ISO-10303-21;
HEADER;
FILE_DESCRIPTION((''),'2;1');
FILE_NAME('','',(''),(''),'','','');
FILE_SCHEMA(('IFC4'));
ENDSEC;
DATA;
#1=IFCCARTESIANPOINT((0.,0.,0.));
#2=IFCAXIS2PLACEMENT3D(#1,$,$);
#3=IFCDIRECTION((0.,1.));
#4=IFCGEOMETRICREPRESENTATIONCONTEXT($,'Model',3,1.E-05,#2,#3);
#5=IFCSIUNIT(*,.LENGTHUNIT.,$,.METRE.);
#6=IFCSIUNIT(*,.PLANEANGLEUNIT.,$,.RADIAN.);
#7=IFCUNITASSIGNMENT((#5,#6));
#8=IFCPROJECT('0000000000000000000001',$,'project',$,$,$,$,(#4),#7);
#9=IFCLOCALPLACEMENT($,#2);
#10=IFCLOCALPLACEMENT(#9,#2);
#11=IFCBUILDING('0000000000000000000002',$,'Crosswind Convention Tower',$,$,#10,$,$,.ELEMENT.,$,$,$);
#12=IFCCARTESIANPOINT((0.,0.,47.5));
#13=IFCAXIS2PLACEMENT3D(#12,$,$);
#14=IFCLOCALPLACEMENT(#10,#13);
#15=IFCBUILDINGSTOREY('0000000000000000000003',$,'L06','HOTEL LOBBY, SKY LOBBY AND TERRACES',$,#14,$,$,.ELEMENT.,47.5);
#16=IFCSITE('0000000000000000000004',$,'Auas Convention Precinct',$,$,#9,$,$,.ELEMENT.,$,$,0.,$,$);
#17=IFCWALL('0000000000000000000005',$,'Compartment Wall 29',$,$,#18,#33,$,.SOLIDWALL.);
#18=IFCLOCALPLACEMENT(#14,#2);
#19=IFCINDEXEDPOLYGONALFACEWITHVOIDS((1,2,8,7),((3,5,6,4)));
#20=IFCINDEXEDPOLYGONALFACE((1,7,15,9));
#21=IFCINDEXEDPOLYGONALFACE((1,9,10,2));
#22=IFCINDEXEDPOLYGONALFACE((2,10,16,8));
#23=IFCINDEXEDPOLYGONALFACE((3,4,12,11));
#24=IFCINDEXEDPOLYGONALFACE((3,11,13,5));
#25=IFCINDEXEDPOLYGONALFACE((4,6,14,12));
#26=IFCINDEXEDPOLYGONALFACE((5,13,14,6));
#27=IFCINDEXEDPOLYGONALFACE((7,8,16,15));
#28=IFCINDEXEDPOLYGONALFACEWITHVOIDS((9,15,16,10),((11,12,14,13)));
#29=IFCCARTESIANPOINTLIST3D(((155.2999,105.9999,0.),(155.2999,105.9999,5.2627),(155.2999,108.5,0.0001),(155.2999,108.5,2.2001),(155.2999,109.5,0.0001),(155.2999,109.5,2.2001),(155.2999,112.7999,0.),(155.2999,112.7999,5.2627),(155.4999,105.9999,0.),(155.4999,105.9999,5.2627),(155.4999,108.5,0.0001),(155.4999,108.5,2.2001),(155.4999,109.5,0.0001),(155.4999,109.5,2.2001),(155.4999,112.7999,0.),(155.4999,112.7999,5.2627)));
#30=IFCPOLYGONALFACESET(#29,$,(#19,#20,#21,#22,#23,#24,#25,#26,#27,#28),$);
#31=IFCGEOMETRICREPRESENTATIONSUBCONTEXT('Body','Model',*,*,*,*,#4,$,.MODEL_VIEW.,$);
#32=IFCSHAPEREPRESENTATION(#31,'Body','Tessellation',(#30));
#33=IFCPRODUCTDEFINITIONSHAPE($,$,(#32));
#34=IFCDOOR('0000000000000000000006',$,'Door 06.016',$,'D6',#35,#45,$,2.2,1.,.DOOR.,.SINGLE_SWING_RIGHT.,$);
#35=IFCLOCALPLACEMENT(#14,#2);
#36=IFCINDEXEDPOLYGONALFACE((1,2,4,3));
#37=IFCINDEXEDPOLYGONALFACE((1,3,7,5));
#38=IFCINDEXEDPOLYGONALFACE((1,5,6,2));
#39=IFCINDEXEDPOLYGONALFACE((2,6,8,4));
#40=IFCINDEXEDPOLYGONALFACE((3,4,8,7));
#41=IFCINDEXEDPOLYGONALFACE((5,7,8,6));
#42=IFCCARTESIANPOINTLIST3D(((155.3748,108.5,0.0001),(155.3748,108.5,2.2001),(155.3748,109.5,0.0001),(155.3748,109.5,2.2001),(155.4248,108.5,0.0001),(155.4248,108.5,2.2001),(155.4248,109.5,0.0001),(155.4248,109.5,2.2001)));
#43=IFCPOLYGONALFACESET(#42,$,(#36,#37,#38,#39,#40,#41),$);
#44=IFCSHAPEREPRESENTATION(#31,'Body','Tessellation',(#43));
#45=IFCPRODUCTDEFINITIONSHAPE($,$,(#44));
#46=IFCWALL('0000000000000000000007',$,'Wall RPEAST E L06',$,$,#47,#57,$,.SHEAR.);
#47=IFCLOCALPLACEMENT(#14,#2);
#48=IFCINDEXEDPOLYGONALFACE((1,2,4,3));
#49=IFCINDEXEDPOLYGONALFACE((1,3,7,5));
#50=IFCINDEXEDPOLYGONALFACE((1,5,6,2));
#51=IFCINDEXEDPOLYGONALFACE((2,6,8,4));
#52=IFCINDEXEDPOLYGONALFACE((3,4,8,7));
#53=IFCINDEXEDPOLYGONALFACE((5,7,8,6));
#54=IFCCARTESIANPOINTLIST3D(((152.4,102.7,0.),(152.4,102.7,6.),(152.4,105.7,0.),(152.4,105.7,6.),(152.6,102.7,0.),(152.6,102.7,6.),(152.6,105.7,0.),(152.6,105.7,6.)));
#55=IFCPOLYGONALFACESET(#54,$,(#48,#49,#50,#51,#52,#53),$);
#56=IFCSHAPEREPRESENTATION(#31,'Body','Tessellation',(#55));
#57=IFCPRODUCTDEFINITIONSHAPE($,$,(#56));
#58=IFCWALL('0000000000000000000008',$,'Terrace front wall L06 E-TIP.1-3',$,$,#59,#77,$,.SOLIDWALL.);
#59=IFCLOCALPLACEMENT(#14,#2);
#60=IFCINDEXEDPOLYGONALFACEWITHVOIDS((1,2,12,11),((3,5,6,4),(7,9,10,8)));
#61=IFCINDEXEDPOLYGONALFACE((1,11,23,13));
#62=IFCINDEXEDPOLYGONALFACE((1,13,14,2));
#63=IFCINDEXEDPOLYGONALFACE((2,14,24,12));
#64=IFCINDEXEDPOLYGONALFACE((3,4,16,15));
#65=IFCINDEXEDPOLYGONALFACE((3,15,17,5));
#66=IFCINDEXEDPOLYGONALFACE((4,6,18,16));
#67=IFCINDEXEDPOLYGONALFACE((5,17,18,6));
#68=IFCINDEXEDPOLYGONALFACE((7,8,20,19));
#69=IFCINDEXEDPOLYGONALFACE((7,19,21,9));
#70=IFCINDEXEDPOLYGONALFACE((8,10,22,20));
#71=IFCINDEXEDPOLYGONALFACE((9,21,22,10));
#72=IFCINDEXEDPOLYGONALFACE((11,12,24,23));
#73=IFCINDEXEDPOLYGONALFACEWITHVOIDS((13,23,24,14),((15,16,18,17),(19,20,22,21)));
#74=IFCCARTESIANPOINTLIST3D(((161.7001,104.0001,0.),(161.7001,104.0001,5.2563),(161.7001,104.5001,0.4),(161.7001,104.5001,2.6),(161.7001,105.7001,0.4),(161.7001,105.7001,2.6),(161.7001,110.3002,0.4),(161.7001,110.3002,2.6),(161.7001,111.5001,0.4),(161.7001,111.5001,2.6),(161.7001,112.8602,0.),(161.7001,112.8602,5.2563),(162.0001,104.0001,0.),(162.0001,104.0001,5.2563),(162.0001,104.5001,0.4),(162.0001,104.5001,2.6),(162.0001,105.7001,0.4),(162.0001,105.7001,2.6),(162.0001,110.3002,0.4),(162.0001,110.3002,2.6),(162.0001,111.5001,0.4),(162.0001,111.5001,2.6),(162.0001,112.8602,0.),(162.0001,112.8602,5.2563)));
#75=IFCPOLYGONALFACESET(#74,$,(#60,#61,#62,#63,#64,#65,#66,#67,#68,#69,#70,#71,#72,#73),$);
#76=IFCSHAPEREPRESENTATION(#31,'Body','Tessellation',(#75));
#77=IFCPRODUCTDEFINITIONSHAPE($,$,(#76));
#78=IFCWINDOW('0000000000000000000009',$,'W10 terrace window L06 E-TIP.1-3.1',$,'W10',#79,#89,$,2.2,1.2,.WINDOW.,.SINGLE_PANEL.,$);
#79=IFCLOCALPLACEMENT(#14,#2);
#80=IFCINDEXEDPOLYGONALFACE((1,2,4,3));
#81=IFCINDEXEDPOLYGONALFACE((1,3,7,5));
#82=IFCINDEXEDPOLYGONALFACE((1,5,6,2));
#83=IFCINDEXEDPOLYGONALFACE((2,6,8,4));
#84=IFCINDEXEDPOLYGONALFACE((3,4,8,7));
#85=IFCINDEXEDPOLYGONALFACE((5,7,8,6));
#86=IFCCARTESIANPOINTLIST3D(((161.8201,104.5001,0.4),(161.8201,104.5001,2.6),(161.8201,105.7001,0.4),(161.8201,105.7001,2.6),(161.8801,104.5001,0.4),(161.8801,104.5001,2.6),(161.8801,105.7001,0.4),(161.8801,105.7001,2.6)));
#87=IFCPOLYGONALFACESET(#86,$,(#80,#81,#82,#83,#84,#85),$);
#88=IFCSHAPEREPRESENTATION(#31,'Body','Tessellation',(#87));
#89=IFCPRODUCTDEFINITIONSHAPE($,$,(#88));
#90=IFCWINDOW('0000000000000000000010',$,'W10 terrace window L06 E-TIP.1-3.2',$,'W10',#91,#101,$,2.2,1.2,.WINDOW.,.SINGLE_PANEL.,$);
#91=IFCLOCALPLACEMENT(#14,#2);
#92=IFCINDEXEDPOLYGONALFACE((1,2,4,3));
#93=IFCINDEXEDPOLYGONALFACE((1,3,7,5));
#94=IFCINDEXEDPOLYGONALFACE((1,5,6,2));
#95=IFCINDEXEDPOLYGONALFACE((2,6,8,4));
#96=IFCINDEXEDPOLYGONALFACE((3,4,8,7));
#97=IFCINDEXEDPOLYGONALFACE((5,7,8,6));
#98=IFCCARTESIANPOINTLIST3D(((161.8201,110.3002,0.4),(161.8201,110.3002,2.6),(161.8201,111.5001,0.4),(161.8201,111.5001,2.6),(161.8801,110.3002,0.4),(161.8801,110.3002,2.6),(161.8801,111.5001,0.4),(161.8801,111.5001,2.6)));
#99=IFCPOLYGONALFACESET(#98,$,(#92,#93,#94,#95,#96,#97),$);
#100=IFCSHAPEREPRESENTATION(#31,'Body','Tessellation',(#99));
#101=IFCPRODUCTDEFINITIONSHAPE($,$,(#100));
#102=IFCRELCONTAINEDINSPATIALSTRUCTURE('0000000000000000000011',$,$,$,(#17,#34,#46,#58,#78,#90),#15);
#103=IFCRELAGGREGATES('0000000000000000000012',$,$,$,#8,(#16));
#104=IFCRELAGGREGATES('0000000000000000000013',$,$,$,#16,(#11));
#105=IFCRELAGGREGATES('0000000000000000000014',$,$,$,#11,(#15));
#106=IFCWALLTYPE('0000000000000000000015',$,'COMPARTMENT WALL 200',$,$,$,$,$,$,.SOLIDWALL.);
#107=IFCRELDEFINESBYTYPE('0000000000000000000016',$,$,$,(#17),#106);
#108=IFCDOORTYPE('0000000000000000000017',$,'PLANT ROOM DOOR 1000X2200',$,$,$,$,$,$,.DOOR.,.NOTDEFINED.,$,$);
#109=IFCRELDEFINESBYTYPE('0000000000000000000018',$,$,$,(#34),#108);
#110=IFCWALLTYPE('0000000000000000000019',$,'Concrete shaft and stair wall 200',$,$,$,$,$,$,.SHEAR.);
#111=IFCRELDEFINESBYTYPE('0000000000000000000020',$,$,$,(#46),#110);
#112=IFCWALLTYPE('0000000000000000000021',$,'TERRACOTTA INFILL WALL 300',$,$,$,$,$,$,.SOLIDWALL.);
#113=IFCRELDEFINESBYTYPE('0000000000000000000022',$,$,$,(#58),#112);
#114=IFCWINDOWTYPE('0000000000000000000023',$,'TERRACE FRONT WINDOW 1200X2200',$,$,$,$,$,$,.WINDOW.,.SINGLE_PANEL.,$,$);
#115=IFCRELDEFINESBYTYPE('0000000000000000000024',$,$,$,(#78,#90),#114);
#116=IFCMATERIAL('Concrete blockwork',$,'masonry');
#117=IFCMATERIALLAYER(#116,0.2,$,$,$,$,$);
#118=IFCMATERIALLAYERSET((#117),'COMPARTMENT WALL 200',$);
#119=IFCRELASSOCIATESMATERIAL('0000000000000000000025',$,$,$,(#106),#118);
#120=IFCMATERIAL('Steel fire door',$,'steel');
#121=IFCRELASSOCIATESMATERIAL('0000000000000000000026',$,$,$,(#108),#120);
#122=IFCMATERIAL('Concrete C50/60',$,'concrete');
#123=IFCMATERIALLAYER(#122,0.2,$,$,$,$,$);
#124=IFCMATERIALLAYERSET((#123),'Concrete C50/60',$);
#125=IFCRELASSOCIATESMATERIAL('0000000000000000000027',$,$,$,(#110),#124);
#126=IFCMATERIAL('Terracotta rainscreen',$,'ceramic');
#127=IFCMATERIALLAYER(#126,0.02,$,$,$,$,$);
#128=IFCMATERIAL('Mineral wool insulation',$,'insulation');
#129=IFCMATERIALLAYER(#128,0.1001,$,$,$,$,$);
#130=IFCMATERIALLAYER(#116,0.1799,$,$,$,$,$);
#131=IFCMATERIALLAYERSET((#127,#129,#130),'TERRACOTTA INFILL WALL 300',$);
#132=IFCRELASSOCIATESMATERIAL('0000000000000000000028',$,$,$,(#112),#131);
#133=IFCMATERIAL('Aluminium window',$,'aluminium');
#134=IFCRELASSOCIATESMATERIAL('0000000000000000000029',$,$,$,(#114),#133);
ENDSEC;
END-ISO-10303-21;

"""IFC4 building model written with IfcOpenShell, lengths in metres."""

from ifc_helpers import new_model, si_unit, direction, frame, frame_2d, origin, place, context, subcontext, project, spatial, rectangle, extrude, material, layer, layer_set, type_object, element, fill, save


model = new_model("IFC4")

# Units and contexts
model_context = context("Model", 3, precision=1e-05, world=origin(), true_north=direction((0.0, 1.0)))
body_context = subcontext(model_context, "Body", "Model", "MODEL_VIEW")
ifc_project = project(units=[si_unit("LENGTHUNIT", "METRE"), si_unit("PLANEANGLEUNIT", "RADIAN")], contexts=[model_context])

# Site, building, storey
site_placement = place(None, origin())
site = spatial("IfcSite", under=ifc_project, at=site_placement, Name="Auas Convention Precinct", CompositionType="ELEMENT", RefElevation=0.0)
building_placement = place(site_placement, origin())
building = spatial("IfcBuilding", under=site, at=building_placement, Name="Crosswind Convention Tower", CompositionType="ELEMENT")
storey_placement = place(building_placement, frame((0.0, 0.0, 47.5)))
storey = spatial("IfcBuildingStorey", under=building, at=storey_placement, Name="L06", Description="HOTEL LOBBY, SKY LOBBY AND TERRACES", CompositionType="ELEMENT", Elevation=47.5)

# Shared definitions
ifc_material_1 = material(Name="Concrete blockwork", Category="masonry")
ifc_layer_1 = layer(ifc_material_1, 0.2)
ifc_layer_set_1 = layer_set([ifc_layer_1], Name="COMPARTMENT WALL 200")
wall_type_1 = type_object("IfcWallType", Name="COMPARTMENT WALL 200", PredefinedType="SOLIDWALL", material=ifc_layer_set_1)

# Wall, opening, door
wall_1_placement = place(storey_placement, frame((155.3999, 106.0, 0.0), z_axis=(0.0, 0.0, 1.0), x_axis=(0.0, 1.0, 0.0)))
wall_1 = element("IfcWall", 1, at=wall_1_placement, inside=storey, type_object=wall_type_1, Name="Compartment Wall 29", PredefinedType="SOLIDWALL", context=body_context, shape_type="SweptSolid", body=[
    extrude(rectangle(XDim=6.8, YDim=0.2, at=frame_2d((3.3999, 0.0))), origin(), (0.0, 0.0, 1.0), 5.2627),
])
opening_1_placement = place(wall_1_placement, frame((2.5, 0.0, 0.0)))
opening_1 = element("IfcOpeningElement", 2, at=opening_1_placement, cuts=wall_1, PredefinedType="OPENING", context=body_context, shape_type="SweptSolid", body=[
    extrude(rectangle(XDim=1.0, YDim=2.2, at=frame_2d((0.5, 1.1001))), frame((0.0, 0.1099, 0.0), z_axis=(0.0, -1.0, 0.0), x_axis=(1.0, 0.0, 0.0)), (0.0, 0.0, 1.0), 0.22),
])
ifc_material_2 = material(Name="Steel fire door", Category="steel")
door_type = type_object("IfcDoorType", Name="PLANT ROOM DOOR 1000X2200", OperationType="NOTDEFINED", PredefinedType="DOOR", material=ifc_material_2)
door_placement = place(opening_1_placement, frame((1.0, 0.0, 0.0), z_axis=(0.0, 0.0, 1.0), x_axis=(-1.0, 0.0, 0.0)))
door = element("IfcDoor", 3, at=door_placement, inside=storey, type_object=door_type, Name="Door 06.016", ObjectType="D6", OperationType="SINGLE_SWING_RIGHT", OverallHeight=2.2, OverallWidth=1.0, PredefinedType="DOOR", context=body_context, shape_type="SweptSolid", body=[
    extrude(rectangle(XDim=1.0, YDim=2.2, at=frame_2d((0.5, 1.1001))), frame((0.0, 0.0249, 0.0), z_axis=(0.0, -1.0, 0.0), x_axis=(1.0, 0.0, 0.0)), (0.0, 0.0, 1.0), 0.05),
])
fill(opening_1, door)

# Wall
ifc_material_3 = material(Name="Concrete C50/60", Category="concrete")
ifc_layer_2 = layer(ifc_material_3, 0.2)
ifc_layer_set_2 = layer_set([ifc_layer_2], Name="Concrete C50/60")
wall_type_2 = type_object("IfcWallType", Name="Concrete shaft and stair wall 200", PredefinedType="SHEAR", material=ifc_layer_set_2)
wall_2_placement = place(storey_placement, frame((152.5, 102.7, 0.0), z_axis=(0.0, 0.0, 1.0), x_axis=(0.0, 1.0, 0.0)))
element("IfcWall", 4, at=wall_2_placement, inside=storey, type_object=wall_type_2, Name="Wall RPEAST E L06", PredefinedType="SHEAR", context=body_context, shape_type="SweptSolid", body=[
    extrude(rectangle(XDim=3.0, YDim=0.2, at=frame_2d((1.5, 0.0))), origin(), (0.0, 0.0, 1.0), 6.0),
])

# Wall, openings, windows
ifc_material_4 = material(Name="Terracotta rainscreen", Category="ceramic")
ifc_layer_3 = layer(ifc_material_4, 0.02)
ifc_material_5 = material(Name="Mineral wool insulation", Category="insulation")
ifc_layer_4 = layer(ifc_material_5, 0.1001)
ifc_layer_5 = layer(ifc_material_1, 0.1799)
ifc_layer_set_3 = layer_set([ifc_layer_3, ifc_layer_4, ifc_layer_5], Name="TERRACOTTA INFILL WALL 300")
wall_type_3 = type_object("IfcWallType", Name="TERRACOTTA INFILL WALL 300", PredefinedType="SOLIDWALL", material=ifc_layer_set_3)
wall_3_placement = place(storey_placement, frame((161.8501, 104.0, 0.0), z_axis=(0.0, 0.0, 1.0), x_axis=(0.0, 1.0, 0.0)))
wall_3 = element("IfcWall", 5, at=wall_3_placement, inside=storey, type_object=wall_type_3, Name="Terrace front wall L06 E-TIP.1-3", PredefinedType="SOLIDWALL", context=body_context, shape_type="SweptSolid", body=[
    extrude(rectangle(XDim=8.8601, YDim=0.3, at=frame_2d((4.4302, 0.0))), origin(), (0.0, 0.0, 1.0), 5.2563),
])
opening_2_placement = place(wall_3_placement, frame((0.5, 0.0, 0.3999)))
opening_2 = element("IfcOpeningElement", 6, at=opening_2_placement, cuts=wall_3, PredefinedType="OPENING", context=body_context, shape_type="SweptSolid", body=[
    extrude(rectangle(XDim=1.2, YDim=2.2, at=frame_2d((0.6001, 1.1001))), frame((0.0, 0.1599, 0.0), z_axis=(0.0, -1.0, 0.0), x_axis=(1.0, 0.0, 0.0)), (0.0, 0.0, 1.0), 0.3201),
])
opening_3_placement = place(wall_3_placement, frame((6.3, 0.0, 0.3999)))
opening_3 = element("IfcOpeningElement", 7, at=opening_3_placement, cuts=wall_3, PredefinedType="OPENING", context=body_context, shape_type="SweptSolid", body=[
    extrude(rectangle(XDim=1.2, YDim=2.2, at=frame_2d((0.6001, 1.1001))), frame((0.0, 0.1599, 0.0), z_axis=(0.0, -1.0, 0.0), x_axis=(1.0, 0.0, 0.0)), (0.0, 0.0, 1.0), 0.3201),
])
ifc_material_6 = material(Name="Aluminium window", Category="aluminium")
window_type = type_object("IfcWindowType", Name="TERRACE FRONT WINDOW 1200X2200", PartitioningType="SINGLE_PANEL", PredefinedType="WINDOW", material=ifc_material_6)
window_1_placement = place(opening_2_placement, origin())
window_1 = element("IfcWindow", 8, at=window_1_placement, inside=storey, type_object=window_type, Name="W10 terrace window L06 E-TIP.1-3.1", ObjectType="W10", OverallHeight=2.2, OverallWidth=1.2, PartitioningType="SINGLE_PANEL", PredefinedType="WINDOW", context=body_context, shape_type="SweptSolid", body=[
    extrude(rectangle(XDim=1.2, YDim=2.2, at=frame_2d((0.6001, 1.1001))), frame((0.0, 0.03, 0.0), z_axis=(0.0, -1.0, 0.0), x_axis=(1.0, 0.0, 0.0)), (0.0, 0.0, 1.0), 0.0601),
])
fill(opening_2, window_1)
window_2_placement = place(opening_3_placement, origin())
window_2 = element("IfcWindow", 9, at=window_2_placement, inside=storey, type_object=window_type, Name="W10 terrace window L06 E-TIP.1-3.2", ObjectType="W10", OverallHeight=2.2, OverallWidth=1.2, PartitioningType="SINGLE_PANEL", PredefinedType="WINDOW", context=body_context, shape_type="SweptSolid", body=[
    extrude(rectangle(XDim=1.2, YDim=2.2, at=frame_2d((0.6001, 1.1001))), frame((0.0, 0.03, 0.0), z_axis=(0.0, -1.0, 0.0), x_axis=(1.0, 0.0, 0.0)), (0.0, 0.0, 1.0), 0.0601),
])
fill(opening_3, window_2)

save(model, "model.ifc")
